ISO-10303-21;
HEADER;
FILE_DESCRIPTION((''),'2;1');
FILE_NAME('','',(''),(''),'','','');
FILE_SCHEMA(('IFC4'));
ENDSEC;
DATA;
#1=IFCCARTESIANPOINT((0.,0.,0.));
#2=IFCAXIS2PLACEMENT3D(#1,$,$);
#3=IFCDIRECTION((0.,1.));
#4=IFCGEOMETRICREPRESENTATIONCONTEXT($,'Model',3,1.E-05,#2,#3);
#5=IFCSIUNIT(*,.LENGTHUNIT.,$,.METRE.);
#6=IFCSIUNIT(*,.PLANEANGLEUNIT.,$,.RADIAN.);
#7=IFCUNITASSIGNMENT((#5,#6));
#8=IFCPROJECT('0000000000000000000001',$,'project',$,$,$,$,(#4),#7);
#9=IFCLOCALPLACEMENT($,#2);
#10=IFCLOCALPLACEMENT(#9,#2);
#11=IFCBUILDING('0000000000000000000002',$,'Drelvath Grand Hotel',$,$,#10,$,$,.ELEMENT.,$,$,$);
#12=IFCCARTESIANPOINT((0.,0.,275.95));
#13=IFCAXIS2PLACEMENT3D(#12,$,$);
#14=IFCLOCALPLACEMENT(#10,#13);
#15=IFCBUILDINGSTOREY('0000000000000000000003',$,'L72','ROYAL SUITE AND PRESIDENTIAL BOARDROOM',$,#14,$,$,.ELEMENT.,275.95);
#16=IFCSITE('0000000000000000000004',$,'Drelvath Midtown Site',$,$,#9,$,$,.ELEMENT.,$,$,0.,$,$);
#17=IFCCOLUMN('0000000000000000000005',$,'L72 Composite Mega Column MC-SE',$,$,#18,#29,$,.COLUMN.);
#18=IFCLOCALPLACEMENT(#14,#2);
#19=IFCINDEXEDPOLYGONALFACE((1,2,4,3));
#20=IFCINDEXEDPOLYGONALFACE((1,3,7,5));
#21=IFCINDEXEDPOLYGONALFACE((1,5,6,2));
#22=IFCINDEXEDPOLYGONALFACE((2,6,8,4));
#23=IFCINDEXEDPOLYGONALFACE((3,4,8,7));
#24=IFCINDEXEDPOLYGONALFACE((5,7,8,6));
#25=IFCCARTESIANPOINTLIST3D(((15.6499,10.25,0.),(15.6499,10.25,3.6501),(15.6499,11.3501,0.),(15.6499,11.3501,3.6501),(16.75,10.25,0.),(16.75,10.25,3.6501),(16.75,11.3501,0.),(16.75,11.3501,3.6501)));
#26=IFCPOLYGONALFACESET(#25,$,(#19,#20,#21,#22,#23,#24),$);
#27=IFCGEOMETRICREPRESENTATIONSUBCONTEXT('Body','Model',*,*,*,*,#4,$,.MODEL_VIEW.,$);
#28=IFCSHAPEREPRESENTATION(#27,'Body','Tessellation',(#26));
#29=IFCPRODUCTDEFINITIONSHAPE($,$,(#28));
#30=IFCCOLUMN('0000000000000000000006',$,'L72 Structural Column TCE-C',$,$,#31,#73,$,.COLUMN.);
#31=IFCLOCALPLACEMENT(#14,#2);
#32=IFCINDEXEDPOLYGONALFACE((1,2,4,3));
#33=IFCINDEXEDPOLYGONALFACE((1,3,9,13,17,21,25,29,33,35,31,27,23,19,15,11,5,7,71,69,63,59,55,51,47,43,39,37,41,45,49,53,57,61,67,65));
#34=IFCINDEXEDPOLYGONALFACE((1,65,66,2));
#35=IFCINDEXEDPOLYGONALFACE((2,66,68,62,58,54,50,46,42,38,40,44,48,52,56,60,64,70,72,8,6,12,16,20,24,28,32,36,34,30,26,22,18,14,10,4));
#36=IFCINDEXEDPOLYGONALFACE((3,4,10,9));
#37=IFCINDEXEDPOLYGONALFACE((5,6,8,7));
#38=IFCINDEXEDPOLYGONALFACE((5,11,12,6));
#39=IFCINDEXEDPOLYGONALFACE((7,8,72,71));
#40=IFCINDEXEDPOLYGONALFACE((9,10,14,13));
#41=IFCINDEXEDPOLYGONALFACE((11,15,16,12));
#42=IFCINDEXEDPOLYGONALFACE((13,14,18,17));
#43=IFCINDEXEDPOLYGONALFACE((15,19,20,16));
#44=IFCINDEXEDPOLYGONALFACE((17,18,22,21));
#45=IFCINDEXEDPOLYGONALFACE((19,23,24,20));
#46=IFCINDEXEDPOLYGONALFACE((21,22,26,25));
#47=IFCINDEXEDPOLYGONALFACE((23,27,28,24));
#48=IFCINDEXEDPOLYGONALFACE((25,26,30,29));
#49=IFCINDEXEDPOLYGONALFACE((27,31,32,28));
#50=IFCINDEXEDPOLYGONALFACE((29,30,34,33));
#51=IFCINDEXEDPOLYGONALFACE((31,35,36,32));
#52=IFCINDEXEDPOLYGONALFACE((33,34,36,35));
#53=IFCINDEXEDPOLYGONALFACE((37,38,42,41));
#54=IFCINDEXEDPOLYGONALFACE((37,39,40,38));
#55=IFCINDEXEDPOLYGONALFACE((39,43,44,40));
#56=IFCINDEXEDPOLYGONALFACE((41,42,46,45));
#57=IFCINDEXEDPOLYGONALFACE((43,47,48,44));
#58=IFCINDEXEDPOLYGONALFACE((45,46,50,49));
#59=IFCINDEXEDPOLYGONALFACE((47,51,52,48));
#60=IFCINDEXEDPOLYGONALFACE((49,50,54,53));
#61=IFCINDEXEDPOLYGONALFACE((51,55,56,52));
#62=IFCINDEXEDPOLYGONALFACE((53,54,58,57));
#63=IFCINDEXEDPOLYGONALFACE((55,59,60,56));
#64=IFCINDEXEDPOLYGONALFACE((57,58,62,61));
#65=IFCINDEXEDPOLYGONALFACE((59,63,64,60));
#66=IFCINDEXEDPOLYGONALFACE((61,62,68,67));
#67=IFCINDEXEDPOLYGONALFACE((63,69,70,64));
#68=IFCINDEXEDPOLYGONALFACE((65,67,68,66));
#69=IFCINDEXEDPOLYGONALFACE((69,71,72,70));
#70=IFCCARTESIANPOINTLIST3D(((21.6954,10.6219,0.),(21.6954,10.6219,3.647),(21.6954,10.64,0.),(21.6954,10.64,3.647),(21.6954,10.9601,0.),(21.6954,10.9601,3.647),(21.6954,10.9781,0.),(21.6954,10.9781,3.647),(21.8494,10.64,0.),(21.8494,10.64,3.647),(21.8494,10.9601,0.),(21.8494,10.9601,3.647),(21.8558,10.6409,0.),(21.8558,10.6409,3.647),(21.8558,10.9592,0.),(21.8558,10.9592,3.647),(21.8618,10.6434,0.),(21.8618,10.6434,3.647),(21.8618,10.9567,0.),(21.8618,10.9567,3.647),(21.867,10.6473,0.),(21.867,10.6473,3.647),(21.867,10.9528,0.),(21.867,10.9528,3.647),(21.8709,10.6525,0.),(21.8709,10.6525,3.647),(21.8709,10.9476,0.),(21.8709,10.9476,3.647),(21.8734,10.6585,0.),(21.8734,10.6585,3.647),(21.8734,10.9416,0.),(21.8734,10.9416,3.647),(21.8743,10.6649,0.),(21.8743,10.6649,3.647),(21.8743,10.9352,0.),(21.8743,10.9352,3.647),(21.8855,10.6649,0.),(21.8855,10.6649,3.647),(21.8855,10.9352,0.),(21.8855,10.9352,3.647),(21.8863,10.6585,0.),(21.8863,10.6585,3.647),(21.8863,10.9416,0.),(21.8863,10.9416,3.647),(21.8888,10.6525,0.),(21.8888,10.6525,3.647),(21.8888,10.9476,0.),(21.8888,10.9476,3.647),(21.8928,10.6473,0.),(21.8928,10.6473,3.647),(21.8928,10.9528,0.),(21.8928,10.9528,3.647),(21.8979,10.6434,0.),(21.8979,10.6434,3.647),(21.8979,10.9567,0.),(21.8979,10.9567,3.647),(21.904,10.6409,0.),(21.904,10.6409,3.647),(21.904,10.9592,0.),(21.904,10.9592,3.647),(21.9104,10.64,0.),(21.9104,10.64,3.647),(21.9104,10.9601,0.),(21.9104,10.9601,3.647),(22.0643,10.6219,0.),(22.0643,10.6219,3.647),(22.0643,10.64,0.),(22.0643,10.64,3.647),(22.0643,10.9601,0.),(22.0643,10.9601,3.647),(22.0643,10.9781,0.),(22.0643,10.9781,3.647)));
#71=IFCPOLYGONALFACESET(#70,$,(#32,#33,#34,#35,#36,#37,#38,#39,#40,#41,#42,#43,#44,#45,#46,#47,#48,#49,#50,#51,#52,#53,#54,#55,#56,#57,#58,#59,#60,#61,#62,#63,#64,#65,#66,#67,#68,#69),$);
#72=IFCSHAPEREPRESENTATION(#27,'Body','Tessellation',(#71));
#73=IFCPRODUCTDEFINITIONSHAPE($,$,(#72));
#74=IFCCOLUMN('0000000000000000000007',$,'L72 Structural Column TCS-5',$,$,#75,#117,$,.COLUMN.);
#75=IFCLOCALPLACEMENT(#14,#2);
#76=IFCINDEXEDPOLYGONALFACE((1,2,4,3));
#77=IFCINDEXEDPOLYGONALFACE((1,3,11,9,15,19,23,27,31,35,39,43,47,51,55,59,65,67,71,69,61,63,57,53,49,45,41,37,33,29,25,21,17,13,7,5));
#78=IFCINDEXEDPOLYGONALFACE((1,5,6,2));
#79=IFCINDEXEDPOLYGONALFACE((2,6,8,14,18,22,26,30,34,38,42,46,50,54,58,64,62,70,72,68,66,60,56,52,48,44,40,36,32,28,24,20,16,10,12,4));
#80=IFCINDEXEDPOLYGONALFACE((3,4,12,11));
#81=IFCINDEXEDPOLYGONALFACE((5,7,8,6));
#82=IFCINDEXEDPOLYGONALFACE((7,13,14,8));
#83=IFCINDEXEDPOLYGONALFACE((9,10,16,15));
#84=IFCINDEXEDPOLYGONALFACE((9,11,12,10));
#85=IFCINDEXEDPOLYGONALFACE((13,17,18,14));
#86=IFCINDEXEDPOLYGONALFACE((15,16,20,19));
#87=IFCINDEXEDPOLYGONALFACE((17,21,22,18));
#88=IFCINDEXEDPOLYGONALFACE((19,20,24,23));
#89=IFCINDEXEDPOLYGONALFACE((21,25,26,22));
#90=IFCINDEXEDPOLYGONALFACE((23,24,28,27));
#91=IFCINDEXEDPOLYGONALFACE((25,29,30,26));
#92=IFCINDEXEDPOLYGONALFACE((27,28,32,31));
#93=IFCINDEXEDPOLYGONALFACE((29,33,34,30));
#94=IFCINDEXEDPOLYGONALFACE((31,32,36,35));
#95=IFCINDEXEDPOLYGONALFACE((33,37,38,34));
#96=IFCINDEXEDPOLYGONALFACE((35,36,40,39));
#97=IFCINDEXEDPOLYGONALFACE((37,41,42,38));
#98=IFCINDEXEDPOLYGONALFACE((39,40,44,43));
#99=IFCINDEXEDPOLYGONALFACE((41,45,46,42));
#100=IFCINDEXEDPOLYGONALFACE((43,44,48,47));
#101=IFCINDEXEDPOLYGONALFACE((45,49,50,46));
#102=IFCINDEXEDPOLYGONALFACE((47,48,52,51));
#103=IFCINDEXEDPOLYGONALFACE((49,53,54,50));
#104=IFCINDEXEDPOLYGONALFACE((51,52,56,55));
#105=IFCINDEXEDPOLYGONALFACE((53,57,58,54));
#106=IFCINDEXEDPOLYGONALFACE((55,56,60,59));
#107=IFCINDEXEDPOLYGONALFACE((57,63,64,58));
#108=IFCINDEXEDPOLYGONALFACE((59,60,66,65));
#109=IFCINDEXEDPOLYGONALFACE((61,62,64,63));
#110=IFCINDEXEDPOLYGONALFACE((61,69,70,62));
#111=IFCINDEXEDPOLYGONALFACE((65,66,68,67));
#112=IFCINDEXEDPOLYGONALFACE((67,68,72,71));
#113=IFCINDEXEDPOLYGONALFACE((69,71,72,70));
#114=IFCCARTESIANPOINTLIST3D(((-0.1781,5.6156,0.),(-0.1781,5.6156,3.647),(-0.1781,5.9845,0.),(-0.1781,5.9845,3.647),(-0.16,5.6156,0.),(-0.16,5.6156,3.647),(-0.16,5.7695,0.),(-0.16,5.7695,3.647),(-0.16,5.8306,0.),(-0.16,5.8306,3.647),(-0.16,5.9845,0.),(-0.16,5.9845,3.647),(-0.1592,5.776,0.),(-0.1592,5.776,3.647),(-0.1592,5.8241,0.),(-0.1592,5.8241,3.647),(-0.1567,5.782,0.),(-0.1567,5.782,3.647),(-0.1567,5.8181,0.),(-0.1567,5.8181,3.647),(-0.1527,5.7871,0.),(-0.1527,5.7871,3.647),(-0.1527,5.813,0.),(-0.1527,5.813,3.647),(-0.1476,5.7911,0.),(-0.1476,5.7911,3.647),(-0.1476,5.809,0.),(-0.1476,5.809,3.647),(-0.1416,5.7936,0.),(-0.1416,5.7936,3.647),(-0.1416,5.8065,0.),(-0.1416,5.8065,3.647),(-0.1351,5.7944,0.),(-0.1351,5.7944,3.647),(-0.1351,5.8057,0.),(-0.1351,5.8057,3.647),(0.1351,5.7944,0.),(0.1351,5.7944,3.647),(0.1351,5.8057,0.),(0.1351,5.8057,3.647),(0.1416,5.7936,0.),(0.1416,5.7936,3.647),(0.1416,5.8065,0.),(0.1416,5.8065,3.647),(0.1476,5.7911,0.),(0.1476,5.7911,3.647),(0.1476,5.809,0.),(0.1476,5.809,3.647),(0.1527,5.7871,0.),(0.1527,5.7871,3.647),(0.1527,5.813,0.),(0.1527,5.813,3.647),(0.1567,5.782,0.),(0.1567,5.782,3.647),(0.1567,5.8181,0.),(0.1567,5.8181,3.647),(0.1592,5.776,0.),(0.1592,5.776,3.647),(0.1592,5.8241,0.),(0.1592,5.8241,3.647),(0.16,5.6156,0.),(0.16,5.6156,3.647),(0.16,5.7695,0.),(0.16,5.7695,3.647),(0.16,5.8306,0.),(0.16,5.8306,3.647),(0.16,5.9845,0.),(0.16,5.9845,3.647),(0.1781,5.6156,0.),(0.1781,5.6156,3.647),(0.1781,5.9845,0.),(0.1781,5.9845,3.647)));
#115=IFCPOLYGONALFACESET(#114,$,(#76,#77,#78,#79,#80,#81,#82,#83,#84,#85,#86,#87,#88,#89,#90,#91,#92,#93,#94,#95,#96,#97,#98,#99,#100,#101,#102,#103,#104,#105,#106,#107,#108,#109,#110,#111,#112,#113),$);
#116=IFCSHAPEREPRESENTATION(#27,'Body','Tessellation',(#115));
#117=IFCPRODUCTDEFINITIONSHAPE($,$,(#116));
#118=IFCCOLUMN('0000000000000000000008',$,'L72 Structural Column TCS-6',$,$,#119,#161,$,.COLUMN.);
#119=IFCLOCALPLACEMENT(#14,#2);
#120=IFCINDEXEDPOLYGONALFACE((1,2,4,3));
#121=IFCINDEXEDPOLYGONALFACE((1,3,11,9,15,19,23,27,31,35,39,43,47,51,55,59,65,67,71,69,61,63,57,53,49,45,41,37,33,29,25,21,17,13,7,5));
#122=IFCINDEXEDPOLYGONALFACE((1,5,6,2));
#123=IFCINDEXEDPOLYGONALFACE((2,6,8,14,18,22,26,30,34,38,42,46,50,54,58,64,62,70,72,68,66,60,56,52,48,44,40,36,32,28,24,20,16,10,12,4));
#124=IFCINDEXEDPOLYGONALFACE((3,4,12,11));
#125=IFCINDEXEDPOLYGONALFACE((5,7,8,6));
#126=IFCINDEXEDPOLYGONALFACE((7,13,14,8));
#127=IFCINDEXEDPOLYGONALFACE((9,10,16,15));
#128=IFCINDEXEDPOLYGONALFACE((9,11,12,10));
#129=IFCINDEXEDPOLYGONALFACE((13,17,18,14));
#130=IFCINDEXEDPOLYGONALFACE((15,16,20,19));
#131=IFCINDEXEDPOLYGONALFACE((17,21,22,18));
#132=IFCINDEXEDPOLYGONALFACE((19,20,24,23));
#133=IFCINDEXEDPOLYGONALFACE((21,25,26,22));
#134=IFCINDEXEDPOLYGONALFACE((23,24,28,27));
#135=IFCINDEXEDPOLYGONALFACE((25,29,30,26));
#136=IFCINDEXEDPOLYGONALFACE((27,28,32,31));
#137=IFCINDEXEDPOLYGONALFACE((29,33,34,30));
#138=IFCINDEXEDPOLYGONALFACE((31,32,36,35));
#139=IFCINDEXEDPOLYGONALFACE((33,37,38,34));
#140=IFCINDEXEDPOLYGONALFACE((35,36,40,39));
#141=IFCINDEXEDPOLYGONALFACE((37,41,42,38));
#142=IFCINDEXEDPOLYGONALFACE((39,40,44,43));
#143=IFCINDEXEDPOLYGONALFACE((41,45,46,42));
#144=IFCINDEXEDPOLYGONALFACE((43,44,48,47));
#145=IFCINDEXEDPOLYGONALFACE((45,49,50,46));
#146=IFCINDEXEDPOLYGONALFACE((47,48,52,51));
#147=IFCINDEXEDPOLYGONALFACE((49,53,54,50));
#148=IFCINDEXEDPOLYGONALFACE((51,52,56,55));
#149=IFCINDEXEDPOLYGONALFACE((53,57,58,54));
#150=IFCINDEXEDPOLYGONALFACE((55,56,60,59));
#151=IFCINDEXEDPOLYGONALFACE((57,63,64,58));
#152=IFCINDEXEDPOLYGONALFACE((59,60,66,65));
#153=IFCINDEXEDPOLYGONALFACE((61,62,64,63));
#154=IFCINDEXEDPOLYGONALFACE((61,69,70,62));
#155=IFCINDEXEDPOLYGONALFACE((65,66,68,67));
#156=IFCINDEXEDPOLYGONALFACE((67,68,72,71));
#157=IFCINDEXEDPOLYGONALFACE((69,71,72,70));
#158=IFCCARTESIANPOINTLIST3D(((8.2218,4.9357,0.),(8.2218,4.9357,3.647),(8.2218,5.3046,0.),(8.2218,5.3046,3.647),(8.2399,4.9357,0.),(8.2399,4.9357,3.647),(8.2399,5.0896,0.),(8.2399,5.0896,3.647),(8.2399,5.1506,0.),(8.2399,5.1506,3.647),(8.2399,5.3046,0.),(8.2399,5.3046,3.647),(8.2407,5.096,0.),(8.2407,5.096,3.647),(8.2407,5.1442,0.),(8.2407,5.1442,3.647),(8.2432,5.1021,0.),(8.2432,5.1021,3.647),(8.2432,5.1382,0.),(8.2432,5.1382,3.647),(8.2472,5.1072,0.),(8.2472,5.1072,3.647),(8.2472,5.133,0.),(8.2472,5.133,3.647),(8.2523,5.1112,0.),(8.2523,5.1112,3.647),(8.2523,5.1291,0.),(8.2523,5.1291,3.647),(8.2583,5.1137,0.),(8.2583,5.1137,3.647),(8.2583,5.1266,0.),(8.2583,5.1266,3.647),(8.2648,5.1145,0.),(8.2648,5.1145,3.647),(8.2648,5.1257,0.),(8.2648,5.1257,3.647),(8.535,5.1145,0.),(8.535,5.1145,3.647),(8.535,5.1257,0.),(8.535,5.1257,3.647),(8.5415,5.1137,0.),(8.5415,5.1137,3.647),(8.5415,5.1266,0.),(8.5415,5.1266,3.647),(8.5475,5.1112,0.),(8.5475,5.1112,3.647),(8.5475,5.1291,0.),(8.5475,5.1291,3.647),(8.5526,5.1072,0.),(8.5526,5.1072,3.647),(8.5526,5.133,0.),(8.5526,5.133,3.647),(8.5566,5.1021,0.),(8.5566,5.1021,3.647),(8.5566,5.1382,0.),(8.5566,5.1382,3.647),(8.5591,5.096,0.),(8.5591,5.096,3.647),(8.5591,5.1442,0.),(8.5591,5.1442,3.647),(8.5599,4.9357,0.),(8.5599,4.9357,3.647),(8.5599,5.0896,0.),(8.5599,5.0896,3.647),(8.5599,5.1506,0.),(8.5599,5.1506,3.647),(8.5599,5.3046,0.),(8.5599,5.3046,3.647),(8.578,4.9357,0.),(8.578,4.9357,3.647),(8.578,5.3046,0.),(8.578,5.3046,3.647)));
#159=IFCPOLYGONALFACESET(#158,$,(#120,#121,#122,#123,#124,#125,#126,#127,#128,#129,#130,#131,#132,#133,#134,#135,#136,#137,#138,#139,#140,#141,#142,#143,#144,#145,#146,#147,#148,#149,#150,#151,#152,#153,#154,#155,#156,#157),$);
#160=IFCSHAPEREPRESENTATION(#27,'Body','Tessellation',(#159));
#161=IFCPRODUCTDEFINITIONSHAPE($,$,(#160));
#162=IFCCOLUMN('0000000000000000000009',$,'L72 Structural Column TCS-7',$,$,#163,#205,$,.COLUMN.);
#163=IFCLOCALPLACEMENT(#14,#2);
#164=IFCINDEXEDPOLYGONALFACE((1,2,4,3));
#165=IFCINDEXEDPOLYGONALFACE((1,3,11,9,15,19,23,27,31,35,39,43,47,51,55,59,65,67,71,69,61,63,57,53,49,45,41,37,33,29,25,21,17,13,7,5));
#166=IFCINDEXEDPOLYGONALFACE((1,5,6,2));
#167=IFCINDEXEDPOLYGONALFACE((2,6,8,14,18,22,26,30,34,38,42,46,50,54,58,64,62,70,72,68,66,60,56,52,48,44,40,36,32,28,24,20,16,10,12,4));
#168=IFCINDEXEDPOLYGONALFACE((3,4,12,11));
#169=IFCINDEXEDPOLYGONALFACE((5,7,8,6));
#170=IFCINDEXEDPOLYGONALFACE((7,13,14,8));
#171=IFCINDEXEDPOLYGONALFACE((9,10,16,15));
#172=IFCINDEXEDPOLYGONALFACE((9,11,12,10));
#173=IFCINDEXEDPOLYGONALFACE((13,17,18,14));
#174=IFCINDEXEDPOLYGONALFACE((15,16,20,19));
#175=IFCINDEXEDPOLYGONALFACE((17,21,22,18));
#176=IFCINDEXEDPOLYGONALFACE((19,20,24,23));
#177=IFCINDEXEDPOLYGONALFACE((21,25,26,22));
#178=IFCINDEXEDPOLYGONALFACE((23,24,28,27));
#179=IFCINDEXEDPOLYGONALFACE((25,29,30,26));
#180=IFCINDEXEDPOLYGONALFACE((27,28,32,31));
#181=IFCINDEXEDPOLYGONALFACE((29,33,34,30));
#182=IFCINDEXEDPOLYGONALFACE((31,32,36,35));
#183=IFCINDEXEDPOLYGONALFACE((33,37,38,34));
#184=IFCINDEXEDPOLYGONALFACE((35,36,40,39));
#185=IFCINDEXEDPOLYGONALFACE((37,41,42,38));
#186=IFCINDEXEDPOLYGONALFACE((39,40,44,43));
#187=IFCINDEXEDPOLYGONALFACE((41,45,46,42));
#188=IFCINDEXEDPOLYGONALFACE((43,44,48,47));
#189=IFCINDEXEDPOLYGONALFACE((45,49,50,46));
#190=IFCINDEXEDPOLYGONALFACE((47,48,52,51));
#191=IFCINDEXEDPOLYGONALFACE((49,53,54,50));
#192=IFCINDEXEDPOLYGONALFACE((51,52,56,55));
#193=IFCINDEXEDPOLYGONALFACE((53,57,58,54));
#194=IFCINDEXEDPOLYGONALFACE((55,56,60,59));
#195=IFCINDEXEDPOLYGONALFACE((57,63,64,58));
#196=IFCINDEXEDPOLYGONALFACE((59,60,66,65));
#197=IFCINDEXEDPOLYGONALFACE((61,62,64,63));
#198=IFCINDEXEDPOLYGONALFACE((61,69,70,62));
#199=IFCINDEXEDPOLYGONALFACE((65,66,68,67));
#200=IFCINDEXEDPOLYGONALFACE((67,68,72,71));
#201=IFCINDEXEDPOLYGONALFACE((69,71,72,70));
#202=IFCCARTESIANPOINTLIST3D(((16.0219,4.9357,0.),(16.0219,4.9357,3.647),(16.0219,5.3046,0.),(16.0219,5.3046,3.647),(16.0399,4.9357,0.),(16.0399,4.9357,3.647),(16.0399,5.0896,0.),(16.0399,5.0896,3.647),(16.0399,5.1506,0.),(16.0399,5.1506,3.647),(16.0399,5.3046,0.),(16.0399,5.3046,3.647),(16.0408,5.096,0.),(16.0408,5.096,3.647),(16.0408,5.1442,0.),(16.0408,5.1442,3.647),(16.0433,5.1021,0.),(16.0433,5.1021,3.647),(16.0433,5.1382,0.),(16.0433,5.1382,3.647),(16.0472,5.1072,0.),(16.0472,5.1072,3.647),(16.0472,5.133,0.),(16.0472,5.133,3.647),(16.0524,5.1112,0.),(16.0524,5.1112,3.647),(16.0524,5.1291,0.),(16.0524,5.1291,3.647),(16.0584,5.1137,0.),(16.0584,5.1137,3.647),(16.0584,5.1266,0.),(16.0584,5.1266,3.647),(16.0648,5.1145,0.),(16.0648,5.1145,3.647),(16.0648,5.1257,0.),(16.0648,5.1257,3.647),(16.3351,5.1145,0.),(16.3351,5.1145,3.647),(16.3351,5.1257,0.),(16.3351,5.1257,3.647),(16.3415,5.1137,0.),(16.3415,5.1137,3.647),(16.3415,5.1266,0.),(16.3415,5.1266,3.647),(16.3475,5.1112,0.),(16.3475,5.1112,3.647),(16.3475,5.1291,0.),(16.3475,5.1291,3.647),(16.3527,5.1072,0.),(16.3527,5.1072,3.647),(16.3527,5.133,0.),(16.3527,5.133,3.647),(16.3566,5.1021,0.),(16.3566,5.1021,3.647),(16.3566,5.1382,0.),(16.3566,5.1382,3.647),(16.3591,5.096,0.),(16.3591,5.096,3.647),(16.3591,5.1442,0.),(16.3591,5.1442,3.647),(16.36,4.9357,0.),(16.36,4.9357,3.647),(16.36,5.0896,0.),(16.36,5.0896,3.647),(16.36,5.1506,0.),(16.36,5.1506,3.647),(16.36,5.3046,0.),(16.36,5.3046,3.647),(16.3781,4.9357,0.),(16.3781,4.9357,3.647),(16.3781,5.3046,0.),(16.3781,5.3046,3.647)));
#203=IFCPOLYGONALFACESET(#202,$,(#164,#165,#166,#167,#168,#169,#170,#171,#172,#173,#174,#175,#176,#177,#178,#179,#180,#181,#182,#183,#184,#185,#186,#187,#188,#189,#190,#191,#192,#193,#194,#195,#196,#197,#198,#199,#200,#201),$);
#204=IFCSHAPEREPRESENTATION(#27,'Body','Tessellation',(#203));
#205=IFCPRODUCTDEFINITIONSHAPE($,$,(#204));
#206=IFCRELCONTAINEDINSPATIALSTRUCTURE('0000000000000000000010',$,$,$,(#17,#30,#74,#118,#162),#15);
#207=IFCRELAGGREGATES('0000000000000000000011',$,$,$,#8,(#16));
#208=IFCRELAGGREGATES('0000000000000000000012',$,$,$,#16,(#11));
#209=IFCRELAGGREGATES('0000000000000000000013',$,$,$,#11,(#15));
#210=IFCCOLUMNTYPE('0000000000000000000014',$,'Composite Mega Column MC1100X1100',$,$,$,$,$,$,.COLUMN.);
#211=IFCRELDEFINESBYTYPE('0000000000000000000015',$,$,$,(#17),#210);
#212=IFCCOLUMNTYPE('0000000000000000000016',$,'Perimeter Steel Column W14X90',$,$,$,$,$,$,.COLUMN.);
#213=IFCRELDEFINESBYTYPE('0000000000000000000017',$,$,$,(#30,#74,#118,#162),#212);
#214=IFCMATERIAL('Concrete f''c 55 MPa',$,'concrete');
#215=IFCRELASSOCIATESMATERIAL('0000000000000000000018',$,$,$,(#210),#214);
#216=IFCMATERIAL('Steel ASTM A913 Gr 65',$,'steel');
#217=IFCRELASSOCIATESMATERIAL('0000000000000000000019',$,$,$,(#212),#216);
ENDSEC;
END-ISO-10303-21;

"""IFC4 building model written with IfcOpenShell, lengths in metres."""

from ifc_helpers import new_model, si_unit, direction, frame, origin, origin_2d, place, context, subcontext, project, spatial, rectangle, i_section, extrude, material, material_profile, profile_set, type_object, element, save


model = new_model("IFC4")

# Units and contexts
model_context = context("Model", 3, precision=1e-05, world=origin(), true_north=direction((0.0, 1.0)))
body_context = subcontext(model_context, "Body", "Model", "MODEL_VIEW")
ifc_project = project(units=[si_unit("LENGTHUNIT", "METRE"), si_unit("PLANEANGLEUNIT", "RADIAN")], contexts=[model_context])

# Site, building, storey
site_placement = place(None, origin())
site = spatial("IfcSite", under=ifc_project, at=site_placement, Name="Drelvath Midtown Site", CompositionType="ELEMENT", RefElevation=0.0)
building_placement = place(site_placement, origin())
building = spatial("IfcBuilding", under=site, at=building_placement, Name="Drelvath Grand Hotel", CompositionType="ELEMENT")
storey_placement = place(building_placement, frame((0.0, 0.0, 275.95)))
storey = spatial("IfcBuildingStorey", under=building, at=storey_placement, Name="L72", Description="ROYAL SUITE AND PRESIDENTIAL BOARDROOM", CompositionType="ELEMENT", Elevation=275.95)

# Columns
ifc_material_1 = material(Name="Concrete f'c 55 MPa", Category="concrete")
ifc_material_profile_1 = material_profile(ifc_material_1, rectangle(XDim=1.1001, YDim=1.1001, at=origin_2d()), Name="MC1100X1100")
ifc_profile_set_1 = profile_set([ifc_material_profile_1], Name="Concrete f'c 55 MPa")
column_type_1 = type_object("IfcColumnType", Name="Composite Mega Column MC1100X1100", PredefinedType="COLUMN", material=ifc_profile_set_1)
column_placement = place(storey_placement, frame((16.2, 10.8, 0.0), z_axis=(0.0, 0.0, 1.0), x_axis=(1.0, 0.0, 0.0)))
element("IfcColumn", 1, at=column_placement, inside=storey, type_object=column_type_1, Name="L72 Composite Mega Column MC-SE", PredefinedType="COLUMN", context=body_context, shape_type="SweptSolid", body=[
    extrude(rectangle(XDim=1.1001, YDim=1.1001, at=origin_2d()), origin(), (0.0, 0.0, 1.0), 3.6501),
])
ifc_material_2 = material(Name="Steel ASTM A913 Gr 65", Category="steel")
ifc_material_profile_2 = material_profile(ifc_material_2, i_section(OverallWidth=0.3689, OverallDepth=0.3562, WebThickness=0.0112, FlangeThickness=0.0181, FilletRadius=0.0249, at=origin_2d()), Name="W14X90")
ifc_profile_set_2 = profile_set([ifc_material_profile_2], Name="Steel ASTM A913 Gr 65")
column_type_2 = type_object("IfcColumnType", Name="Perimeter Steel Column W14X90", PredefinedType="COLUMN", material=ifc_profile_set_2)
for number, where, z_axis, x_axis, name in (
    (2, (21.8799, 10.8, 0.0), (0.0, 0.0, 1.0), (1.0, 0.0, 0.0), "L72 Structural Column TCE-C"),
    (3, (0.0, 5.8, 0.0), (0.0, 0.0, 1.0), (0.0, 1.0, 0.0), "L72 Structural Column TCS-5"),
    (4, (8.3999, 5.1201, 0.0), (0.0, 0.0, 1.0), (0.0, 1.0, 0.0), "L72 Structural Column TCS-6"),
    (5, (16.2, 5.1201, 0.0), (0.0, 0.0, 1.0), (0.0, 1.0, 0.0), "L72 Structural Column TCS-7"),
):
    element("IfcColumn", number, at=place(storey_placement, frame(where, z_axis=z_axis, x_axis=x_axis)), inside=storey, type_object=column_type_2, Name=name, PredefinedType="COLUMN", context=body_context, shape_type="SweptSolid", body=[
        extrude(i_section(OverallWidth=0.3689, OverallDepth=0.3562, WebThickness=0.0112, FlangeThickness=0.0181, FilletRadius=0.0249, at=origin_2d()), origin(), (0.0, 0.0, 1.0), 3.647),
    ])

save(model, "model.ifc")
